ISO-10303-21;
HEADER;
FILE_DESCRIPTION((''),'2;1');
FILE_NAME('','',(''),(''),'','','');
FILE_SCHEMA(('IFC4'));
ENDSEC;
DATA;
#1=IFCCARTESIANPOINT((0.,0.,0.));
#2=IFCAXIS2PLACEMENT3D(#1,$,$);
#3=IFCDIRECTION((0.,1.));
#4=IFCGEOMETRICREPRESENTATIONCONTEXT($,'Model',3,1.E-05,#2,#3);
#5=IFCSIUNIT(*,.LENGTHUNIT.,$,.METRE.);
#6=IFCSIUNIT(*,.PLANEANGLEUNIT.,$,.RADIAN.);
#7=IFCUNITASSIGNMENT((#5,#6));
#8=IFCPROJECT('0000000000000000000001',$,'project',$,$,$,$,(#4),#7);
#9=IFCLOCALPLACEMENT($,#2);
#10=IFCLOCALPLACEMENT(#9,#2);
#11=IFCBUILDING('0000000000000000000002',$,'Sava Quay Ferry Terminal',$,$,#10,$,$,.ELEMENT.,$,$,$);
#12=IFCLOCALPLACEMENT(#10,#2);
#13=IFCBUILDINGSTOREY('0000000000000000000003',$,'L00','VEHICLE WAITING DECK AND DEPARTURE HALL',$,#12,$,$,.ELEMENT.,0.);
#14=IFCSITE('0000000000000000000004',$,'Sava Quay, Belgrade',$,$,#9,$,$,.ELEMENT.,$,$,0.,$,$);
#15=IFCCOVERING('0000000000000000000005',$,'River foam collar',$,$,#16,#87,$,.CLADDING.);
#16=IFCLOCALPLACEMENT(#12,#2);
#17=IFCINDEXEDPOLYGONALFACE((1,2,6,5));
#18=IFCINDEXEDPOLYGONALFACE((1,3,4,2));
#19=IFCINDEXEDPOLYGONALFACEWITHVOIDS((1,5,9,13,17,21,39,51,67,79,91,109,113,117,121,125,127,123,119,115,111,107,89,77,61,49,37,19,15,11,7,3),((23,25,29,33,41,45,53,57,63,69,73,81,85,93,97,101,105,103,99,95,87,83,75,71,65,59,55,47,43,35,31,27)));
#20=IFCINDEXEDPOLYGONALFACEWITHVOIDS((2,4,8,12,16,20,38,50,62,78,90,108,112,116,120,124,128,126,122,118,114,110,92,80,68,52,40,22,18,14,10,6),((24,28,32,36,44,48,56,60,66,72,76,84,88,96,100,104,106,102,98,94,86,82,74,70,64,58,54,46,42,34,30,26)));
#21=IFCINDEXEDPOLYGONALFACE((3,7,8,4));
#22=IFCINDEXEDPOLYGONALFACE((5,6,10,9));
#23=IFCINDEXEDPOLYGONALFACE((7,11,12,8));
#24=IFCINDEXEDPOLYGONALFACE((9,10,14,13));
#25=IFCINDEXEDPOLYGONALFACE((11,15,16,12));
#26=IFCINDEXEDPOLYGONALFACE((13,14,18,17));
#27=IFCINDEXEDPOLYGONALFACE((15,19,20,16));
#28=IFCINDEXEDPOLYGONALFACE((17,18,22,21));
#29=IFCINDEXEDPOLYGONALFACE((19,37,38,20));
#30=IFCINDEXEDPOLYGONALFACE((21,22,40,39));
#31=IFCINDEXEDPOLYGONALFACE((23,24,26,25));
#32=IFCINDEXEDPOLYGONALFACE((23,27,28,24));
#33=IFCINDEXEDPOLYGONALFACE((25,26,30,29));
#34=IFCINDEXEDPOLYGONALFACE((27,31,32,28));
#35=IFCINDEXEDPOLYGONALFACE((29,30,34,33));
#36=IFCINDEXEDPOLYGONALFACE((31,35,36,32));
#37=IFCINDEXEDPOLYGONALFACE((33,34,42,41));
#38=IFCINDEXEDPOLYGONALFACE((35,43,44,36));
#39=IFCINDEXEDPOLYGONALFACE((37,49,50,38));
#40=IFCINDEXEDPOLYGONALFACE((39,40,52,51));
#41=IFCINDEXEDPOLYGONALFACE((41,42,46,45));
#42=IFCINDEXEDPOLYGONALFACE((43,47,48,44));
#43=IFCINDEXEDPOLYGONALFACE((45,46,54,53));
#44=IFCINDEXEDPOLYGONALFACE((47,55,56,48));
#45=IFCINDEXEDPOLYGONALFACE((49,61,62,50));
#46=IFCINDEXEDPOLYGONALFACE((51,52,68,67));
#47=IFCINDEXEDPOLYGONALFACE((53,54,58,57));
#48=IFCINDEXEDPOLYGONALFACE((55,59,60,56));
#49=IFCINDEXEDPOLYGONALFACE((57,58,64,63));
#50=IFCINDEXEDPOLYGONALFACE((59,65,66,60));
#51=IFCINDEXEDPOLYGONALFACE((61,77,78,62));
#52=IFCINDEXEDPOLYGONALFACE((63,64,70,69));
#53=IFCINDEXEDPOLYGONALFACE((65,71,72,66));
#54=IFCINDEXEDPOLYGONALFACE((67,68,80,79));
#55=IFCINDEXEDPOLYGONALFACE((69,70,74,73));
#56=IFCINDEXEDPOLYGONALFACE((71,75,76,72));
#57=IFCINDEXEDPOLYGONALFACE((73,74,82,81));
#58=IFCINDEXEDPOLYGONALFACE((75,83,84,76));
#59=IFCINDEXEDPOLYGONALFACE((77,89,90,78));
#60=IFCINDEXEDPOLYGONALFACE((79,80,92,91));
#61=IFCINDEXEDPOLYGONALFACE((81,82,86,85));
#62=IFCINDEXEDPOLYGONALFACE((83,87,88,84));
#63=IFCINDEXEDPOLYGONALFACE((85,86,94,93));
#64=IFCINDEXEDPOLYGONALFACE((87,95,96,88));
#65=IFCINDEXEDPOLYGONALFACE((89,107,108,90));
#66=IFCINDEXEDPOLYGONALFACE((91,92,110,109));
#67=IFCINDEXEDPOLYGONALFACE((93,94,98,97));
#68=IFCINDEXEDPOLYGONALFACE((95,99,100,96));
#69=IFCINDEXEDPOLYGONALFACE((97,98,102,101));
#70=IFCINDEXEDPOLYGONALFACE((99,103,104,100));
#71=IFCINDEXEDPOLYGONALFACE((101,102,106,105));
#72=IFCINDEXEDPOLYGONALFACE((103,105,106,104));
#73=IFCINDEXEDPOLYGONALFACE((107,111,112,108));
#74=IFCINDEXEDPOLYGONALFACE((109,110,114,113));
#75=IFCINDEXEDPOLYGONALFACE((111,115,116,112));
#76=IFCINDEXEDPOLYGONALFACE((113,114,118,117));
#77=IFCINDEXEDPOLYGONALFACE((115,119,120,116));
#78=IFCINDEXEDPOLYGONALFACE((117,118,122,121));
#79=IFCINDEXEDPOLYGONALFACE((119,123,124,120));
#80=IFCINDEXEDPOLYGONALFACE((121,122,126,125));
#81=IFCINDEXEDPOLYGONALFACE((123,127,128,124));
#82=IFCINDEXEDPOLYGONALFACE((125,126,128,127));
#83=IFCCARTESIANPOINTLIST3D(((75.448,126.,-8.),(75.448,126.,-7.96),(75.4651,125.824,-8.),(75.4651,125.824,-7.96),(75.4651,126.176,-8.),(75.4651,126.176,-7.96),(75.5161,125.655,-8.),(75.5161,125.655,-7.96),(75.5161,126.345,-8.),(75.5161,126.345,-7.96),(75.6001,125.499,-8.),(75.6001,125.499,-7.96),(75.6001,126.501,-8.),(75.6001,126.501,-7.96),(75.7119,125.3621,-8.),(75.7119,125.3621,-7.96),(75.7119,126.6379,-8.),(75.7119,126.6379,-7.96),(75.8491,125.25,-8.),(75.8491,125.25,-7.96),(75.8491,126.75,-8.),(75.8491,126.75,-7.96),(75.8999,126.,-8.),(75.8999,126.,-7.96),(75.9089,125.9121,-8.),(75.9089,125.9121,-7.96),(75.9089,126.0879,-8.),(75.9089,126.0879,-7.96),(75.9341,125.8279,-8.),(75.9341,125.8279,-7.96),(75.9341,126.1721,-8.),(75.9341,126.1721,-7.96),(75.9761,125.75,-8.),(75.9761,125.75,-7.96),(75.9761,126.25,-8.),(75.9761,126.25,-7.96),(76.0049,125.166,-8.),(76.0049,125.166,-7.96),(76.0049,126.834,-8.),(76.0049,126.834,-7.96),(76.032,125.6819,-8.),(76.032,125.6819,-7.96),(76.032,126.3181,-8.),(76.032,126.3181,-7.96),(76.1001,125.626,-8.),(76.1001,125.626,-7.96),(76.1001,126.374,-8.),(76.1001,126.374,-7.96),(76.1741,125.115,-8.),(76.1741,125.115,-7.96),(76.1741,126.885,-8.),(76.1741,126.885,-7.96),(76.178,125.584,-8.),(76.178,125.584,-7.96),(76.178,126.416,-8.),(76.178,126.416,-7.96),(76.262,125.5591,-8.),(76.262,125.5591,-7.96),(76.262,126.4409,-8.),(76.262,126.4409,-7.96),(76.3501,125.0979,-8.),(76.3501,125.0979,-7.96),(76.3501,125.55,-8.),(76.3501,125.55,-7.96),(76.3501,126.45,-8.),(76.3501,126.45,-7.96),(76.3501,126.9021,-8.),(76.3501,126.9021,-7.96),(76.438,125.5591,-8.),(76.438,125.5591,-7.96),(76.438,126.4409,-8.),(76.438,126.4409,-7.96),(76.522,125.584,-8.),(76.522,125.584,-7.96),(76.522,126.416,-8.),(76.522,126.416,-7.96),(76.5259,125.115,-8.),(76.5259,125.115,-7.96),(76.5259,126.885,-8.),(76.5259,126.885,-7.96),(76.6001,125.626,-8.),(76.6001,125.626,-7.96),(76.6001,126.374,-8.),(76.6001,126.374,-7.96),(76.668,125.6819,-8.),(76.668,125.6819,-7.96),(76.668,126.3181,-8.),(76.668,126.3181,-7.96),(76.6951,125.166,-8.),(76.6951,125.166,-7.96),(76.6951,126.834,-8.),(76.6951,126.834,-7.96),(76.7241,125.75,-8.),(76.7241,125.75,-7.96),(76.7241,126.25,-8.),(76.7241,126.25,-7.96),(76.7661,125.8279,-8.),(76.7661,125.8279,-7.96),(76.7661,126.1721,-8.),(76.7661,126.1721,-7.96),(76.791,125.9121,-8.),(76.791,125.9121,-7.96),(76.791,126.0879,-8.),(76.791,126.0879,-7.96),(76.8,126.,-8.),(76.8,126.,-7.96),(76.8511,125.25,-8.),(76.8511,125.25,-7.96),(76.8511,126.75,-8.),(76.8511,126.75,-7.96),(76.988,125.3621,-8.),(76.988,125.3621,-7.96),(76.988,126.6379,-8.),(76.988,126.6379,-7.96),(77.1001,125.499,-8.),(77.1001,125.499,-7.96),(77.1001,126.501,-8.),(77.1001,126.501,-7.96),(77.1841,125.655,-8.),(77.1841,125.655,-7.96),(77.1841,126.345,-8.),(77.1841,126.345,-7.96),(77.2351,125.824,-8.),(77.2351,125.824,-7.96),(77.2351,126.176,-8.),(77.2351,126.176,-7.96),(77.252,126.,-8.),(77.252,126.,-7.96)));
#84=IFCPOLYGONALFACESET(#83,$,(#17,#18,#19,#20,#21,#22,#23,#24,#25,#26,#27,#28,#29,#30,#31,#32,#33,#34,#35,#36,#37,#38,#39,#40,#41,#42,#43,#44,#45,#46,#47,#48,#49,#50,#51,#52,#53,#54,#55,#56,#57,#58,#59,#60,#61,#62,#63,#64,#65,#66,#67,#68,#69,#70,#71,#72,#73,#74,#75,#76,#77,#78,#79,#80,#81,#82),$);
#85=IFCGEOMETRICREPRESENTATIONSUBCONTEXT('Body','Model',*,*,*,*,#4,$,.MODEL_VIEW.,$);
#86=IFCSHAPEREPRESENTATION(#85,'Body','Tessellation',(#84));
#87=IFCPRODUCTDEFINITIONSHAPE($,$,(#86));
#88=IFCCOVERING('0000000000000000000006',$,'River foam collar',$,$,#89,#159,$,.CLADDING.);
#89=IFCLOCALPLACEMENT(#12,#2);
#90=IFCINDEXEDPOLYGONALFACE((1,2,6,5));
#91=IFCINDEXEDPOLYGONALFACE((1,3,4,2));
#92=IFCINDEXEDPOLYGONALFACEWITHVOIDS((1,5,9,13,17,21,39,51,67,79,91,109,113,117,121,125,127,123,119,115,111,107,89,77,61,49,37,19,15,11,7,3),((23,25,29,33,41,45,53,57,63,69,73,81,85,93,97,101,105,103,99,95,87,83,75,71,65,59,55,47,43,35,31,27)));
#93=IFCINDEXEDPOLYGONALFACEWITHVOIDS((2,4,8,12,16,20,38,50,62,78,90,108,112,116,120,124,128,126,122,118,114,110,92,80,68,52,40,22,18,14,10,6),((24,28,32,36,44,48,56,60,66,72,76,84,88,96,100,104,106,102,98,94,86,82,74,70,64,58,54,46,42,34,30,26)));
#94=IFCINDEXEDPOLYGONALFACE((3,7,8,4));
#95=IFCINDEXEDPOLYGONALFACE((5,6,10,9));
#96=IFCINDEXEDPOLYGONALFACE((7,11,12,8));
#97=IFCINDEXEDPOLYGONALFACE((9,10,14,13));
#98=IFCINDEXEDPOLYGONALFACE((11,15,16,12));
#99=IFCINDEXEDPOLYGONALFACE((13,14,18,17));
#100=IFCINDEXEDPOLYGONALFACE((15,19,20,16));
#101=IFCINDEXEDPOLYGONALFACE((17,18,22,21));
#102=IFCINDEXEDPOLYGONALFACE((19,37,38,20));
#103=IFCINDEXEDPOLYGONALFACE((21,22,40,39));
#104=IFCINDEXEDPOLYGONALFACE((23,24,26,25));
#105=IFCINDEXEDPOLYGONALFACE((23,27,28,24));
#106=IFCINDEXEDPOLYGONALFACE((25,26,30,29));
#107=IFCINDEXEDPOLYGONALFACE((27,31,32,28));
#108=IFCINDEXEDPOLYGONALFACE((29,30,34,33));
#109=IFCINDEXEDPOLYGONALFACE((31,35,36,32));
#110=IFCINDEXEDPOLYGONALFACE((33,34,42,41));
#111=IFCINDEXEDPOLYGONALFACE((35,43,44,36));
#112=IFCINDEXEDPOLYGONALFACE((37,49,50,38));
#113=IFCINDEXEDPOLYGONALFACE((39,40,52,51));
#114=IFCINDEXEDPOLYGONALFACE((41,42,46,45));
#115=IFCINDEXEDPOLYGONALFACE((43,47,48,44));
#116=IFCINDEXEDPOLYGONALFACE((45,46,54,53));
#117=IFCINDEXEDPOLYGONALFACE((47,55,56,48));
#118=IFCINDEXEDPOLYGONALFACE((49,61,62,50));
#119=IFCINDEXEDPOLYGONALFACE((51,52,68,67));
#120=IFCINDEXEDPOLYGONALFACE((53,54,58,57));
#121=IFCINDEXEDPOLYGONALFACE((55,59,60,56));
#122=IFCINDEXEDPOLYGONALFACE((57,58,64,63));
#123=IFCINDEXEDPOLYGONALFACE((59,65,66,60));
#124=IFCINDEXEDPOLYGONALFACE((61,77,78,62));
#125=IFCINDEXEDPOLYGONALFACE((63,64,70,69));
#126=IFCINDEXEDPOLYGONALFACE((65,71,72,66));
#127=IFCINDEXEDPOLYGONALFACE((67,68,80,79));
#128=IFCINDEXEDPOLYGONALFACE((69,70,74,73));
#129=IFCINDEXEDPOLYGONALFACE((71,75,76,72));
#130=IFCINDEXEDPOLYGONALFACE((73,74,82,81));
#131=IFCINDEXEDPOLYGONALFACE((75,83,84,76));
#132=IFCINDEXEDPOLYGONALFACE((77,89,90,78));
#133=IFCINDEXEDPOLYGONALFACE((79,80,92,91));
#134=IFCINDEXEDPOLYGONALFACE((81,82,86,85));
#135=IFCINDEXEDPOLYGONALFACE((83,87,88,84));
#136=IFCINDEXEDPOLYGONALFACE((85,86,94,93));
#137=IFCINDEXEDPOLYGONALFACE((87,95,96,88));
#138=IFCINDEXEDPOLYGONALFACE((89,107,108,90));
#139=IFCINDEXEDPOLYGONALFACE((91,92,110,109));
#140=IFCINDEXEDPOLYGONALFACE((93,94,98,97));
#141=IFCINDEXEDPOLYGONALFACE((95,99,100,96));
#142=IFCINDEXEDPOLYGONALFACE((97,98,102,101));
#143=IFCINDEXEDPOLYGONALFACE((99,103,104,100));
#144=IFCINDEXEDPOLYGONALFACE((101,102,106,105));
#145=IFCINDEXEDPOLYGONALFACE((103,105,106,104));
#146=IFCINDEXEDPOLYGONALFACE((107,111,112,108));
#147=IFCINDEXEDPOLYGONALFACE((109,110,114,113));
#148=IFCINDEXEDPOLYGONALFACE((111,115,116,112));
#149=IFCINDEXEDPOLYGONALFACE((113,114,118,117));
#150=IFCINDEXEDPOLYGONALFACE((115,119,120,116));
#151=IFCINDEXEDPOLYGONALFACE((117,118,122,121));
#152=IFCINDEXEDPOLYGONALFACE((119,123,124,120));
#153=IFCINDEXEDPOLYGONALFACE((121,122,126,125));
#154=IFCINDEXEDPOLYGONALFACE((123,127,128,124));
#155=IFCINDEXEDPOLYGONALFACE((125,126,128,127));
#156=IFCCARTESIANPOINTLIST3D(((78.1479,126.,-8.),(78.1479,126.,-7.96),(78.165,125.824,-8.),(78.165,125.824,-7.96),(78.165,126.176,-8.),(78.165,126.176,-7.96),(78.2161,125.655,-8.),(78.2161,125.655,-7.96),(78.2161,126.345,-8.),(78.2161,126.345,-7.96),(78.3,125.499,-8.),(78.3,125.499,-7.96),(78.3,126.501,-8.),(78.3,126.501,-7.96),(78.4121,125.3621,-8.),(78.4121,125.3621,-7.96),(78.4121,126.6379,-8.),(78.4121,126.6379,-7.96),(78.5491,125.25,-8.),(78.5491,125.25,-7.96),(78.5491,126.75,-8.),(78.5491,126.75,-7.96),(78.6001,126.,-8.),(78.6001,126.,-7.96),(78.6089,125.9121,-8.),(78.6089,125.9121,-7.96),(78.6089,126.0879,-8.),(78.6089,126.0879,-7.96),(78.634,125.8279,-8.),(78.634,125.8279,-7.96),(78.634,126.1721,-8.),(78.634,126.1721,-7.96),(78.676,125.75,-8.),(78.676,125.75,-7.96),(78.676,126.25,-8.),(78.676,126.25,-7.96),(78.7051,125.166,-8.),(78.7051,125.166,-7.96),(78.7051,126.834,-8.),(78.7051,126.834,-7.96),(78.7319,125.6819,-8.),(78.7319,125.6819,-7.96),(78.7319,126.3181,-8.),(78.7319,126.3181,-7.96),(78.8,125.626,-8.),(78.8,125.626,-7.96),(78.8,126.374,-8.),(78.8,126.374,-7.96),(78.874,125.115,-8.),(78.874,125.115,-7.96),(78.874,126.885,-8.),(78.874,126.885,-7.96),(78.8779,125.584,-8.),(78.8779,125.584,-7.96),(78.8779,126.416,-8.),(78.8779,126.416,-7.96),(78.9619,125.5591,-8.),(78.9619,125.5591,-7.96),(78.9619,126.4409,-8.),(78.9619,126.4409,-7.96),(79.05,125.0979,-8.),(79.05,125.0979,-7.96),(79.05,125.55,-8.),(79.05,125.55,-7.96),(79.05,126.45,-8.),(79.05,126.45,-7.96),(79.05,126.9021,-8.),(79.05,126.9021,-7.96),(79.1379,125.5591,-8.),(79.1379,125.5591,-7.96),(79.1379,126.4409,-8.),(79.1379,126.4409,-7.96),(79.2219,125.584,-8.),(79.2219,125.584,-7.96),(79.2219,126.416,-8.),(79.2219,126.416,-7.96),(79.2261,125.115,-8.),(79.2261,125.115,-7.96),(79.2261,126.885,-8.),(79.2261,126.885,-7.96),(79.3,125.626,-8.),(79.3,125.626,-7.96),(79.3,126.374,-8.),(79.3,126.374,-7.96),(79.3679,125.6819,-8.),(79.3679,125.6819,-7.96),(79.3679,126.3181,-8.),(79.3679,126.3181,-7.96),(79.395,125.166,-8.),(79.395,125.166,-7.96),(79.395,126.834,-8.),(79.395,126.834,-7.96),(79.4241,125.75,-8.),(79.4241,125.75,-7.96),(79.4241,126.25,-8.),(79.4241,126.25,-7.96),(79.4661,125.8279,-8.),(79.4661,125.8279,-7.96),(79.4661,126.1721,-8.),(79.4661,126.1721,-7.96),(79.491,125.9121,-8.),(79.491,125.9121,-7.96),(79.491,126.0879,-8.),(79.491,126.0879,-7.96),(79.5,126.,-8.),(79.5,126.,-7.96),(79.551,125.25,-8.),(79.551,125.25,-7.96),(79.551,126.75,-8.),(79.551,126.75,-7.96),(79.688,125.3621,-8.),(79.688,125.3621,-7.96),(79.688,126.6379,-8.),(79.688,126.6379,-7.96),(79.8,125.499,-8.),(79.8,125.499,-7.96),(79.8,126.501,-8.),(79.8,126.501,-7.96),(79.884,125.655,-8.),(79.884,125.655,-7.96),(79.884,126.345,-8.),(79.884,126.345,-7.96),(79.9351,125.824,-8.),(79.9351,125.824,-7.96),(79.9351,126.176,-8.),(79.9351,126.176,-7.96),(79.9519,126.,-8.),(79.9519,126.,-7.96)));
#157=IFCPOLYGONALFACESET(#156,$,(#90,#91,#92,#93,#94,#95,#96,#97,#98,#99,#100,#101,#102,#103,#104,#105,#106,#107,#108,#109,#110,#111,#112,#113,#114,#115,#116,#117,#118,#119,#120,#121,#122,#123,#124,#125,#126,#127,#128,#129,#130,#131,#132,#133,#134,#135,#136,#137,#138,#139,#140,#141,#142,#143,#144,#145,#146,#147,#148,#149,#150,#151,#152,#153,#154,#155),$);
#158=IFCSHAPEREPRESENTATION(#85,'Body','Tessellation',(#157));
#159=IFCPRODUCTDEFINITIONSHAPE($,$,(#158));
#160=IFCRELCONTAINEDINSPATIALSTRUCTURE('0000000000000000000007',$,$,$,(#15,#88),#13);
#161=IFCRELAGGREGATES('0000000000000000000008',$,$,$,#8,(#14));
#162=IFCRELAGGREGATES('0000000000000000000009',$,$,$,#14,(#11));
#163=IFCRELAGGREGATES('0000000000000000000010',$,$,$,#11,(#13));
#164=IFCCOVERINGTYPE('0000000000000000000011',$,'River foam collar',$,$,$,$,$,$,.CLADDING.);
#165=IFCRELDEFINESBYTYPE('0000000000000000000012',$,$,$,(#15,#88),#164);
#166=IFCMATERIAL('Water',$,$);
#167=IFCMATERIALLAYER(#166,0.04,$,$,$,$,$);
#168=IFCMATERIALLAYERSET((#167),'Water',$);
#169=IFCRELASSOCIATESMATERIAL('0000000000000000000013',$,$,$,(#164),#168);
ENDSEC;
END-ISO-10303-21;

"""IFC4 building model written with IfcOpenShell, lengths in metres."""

from ifc_helpers import new_model, si_unit, direction, frame, origin, place, context, subcontext, project, spatial, polyline, outline, extrude, material, layer, layer_set, type_object, element, save


model = new_model("IFC4")

# Units and contexts
model_context = context("Model", 3, precision=1e-05, world=origin(), true_north=direction((0.0, 1.0)))
body_context = subcontext(model_context, "Body", "Model", "MODEL_VIEW")
ifc_project = project(units=[si_unit("LENGTHUNIT", "METRE"), si_unit("PLANEANGLEUNIT", "RADIAN")], contexts=[model_context])

# Site, building, storey
site_placement = place(None, origin())
site = spatial("IfcSite", under=ifc_project, at=site_placement, Name="Sava Quay, Belgrade", CompositionType="ELEMENT", RefElevation=0.0)
building_placement = place(site_placement, origin())
building = spatial("IfcBuilding", under=site, at=building_placement, Name="Sava Quay Ferry Terminal", CompositionType="ELEMENT")
storey_placement = place(building_placement, origin())
storey = spatial("IfcBuildingStorey", under=building, at=storey_placement, Name="L00", Description="VEHICLE WAITING DECK AND DEPARTURE HALL", CompositionType="ELEMENT", Elevation=0.0)

# Coverings
ifc_material_1 = material(Name="Water")
ifc_layer_1 = layer(ifc_material_1, 0.04)
ifc_layer_set_1 = layer_set([ifc_layer_1], Name="Water")
covering_type_1 = type_object("IfcCoveringType", Name="River foam collar", PredefinedType="CLADDING", material=ifc_layer_set_1)
covering_1_placement = place(storey_placement, frame((0.0, 0.0, -8.0)))
element("IfcCovering", 1, at=covering_1_placement, inside=storey, type_object=covering_type_1, Name="River foam collar", PredefinedType="CLADDING", context=body_context, shape_type="SweptSolid", body=[
    extrude(outline(polyline([(75.4651, 126.176), (75.448, 126.0), (75.4651, 125.824), (75.5161, 125.655), (75.6001, 125.499), (75.7119, 125.3621), (75.8491, 125.25), (76.0049, 125.166), (76.1741, 125.115), (76.3501, 125.0979), (76.5259, 125.115), (76.6951, 125.166), (76.8511, 125.25), (76.988, 125.3621), (77.1001, 125.499), (77.1841, 125.655), (77.2351, 125.824), (77.252, 126.0), (77.2351, 126.176), (77.1841, 126.345), (77.1001, 126.501), (76.988, 126.6379), (76.8511, 126.75), (76.6951, 126.834), (76.5259, 126.885), (76.3501, 126.9021), (76.1741, 126.885), (76.0049, 126.834), (75.8491, 126.75), (75.7119, 126.6379), (75.6001, 126.501), (75.5161, 126.345), (75.4651, 126.176)]), holes=[polyline([(75.9089, 125.9121), (75.8999, 126.0), (75.9089, 126.0879), (75.9341, 126.1721), (75.9761, 126.25), (76.032, 126.3181), (76.1001, 126.374), (76.178, 126.416), (76.262, 126.4409), (76.3501, 126.45), (76.438, 126.4409), (76.522, 126.416), (76.6001, 126.374), (76.668, 126.3181), (76.7241, 126.25), (76.7661, 126.1721), (76.791, 126.0879), (76.8, 126.0), (76.791, 125.9121), (76.7661, 125.8279), (76.7241, 125.75), (76.668, 125.6819), (76.6001, 125.626), (76.522, 125.584), (76.438, 125.5591), (76.3501, 125.55), (76.262, 125.5591), (76.178, 125.584), (76.1001, 125.626), (76.032, 125.6819), (75.9761, 125.75), (75.9341, 125.8279), (75.9089, 125.9121)])]), origin(), (0.0, 0.0, 1.0), 0.04),
])
covering_2_placement = place(storey_placement, frame((0.0, 0.0, -8.0)))
element("IfcCovering", 2, at=covering_2_placement, inside=storey, type_object=covering_type_1, Name="River foam collar", PredefinedType="CLADDING", context=body_context, shape_type="SweptSolid", body=[
    extrude(outline(polyline([(78.2161, 126.345), (78.165, 126.176), (78.1479, 126.0), (78.165, 125.824), (78.2161, 125.655), (78.3, 125.499), (78.4121, 125.3621), (78.5491, 125.25), (78.7051, 125.166), (78.874, 125.115), (79.05, 125.0979), (79.2261, 125.115), (79.395, 125.166), (79.551, 125.25), (79.688, 125.3621), (79.8, 125.499), (79.884, 125.655), (79.9351, 125.824), (79.9519, 126.0), (79.9351, 126.176), (79.884, 126.345), (79.8, 126.501), (79.688, 126.6379), (79.551, 126.75), (79.395, 126.834), (79.2261, 126.885), (79.05, 126.9021), (78.874, 126.885), (78.7051, 126.834), (78.5491, 126.75), (78.4121, 126.6379), (78.3, 126.501), (78.2161, 126.345)]), holes=[polyline([(78.634, 125.8279), (78.6089, 125.9121), (78.6001, 126.0), (78.6089, 126.0879), (78.634, 126.1721), (78.676, 126.25), (78.7319, 126.3181), (78.8, 126.374), (78.8779, 126.416), (78.9619, 126.4409), (79.05, 126.45), (79.1379, 126.4409), (79.2219, 126.416), (79.3, 126.374), (79.3679, 126.3181), (79.4241, 126.25), (79.4661, 126.1721), (79.491, 126.0879), (79.5, 126.0), (79.491, 125.9121), (79.4661, 125.8279), (79.4241, 125.75), (79.3679, 125.6819), (79.3, 125.626), (79.2219, 125.584), (79.1379, 125.5591), (79.05, 125.55), (78.9619, 125.5591), (78.8779, 125.584), (78.8, 125.626), (78.7319, 125.6819), (78.676, 125.75), (78.634, 125.8279)])]), origin(), (0.0, 0.0, 1.0), 0.04),
])

save(model, "model.ifc")
